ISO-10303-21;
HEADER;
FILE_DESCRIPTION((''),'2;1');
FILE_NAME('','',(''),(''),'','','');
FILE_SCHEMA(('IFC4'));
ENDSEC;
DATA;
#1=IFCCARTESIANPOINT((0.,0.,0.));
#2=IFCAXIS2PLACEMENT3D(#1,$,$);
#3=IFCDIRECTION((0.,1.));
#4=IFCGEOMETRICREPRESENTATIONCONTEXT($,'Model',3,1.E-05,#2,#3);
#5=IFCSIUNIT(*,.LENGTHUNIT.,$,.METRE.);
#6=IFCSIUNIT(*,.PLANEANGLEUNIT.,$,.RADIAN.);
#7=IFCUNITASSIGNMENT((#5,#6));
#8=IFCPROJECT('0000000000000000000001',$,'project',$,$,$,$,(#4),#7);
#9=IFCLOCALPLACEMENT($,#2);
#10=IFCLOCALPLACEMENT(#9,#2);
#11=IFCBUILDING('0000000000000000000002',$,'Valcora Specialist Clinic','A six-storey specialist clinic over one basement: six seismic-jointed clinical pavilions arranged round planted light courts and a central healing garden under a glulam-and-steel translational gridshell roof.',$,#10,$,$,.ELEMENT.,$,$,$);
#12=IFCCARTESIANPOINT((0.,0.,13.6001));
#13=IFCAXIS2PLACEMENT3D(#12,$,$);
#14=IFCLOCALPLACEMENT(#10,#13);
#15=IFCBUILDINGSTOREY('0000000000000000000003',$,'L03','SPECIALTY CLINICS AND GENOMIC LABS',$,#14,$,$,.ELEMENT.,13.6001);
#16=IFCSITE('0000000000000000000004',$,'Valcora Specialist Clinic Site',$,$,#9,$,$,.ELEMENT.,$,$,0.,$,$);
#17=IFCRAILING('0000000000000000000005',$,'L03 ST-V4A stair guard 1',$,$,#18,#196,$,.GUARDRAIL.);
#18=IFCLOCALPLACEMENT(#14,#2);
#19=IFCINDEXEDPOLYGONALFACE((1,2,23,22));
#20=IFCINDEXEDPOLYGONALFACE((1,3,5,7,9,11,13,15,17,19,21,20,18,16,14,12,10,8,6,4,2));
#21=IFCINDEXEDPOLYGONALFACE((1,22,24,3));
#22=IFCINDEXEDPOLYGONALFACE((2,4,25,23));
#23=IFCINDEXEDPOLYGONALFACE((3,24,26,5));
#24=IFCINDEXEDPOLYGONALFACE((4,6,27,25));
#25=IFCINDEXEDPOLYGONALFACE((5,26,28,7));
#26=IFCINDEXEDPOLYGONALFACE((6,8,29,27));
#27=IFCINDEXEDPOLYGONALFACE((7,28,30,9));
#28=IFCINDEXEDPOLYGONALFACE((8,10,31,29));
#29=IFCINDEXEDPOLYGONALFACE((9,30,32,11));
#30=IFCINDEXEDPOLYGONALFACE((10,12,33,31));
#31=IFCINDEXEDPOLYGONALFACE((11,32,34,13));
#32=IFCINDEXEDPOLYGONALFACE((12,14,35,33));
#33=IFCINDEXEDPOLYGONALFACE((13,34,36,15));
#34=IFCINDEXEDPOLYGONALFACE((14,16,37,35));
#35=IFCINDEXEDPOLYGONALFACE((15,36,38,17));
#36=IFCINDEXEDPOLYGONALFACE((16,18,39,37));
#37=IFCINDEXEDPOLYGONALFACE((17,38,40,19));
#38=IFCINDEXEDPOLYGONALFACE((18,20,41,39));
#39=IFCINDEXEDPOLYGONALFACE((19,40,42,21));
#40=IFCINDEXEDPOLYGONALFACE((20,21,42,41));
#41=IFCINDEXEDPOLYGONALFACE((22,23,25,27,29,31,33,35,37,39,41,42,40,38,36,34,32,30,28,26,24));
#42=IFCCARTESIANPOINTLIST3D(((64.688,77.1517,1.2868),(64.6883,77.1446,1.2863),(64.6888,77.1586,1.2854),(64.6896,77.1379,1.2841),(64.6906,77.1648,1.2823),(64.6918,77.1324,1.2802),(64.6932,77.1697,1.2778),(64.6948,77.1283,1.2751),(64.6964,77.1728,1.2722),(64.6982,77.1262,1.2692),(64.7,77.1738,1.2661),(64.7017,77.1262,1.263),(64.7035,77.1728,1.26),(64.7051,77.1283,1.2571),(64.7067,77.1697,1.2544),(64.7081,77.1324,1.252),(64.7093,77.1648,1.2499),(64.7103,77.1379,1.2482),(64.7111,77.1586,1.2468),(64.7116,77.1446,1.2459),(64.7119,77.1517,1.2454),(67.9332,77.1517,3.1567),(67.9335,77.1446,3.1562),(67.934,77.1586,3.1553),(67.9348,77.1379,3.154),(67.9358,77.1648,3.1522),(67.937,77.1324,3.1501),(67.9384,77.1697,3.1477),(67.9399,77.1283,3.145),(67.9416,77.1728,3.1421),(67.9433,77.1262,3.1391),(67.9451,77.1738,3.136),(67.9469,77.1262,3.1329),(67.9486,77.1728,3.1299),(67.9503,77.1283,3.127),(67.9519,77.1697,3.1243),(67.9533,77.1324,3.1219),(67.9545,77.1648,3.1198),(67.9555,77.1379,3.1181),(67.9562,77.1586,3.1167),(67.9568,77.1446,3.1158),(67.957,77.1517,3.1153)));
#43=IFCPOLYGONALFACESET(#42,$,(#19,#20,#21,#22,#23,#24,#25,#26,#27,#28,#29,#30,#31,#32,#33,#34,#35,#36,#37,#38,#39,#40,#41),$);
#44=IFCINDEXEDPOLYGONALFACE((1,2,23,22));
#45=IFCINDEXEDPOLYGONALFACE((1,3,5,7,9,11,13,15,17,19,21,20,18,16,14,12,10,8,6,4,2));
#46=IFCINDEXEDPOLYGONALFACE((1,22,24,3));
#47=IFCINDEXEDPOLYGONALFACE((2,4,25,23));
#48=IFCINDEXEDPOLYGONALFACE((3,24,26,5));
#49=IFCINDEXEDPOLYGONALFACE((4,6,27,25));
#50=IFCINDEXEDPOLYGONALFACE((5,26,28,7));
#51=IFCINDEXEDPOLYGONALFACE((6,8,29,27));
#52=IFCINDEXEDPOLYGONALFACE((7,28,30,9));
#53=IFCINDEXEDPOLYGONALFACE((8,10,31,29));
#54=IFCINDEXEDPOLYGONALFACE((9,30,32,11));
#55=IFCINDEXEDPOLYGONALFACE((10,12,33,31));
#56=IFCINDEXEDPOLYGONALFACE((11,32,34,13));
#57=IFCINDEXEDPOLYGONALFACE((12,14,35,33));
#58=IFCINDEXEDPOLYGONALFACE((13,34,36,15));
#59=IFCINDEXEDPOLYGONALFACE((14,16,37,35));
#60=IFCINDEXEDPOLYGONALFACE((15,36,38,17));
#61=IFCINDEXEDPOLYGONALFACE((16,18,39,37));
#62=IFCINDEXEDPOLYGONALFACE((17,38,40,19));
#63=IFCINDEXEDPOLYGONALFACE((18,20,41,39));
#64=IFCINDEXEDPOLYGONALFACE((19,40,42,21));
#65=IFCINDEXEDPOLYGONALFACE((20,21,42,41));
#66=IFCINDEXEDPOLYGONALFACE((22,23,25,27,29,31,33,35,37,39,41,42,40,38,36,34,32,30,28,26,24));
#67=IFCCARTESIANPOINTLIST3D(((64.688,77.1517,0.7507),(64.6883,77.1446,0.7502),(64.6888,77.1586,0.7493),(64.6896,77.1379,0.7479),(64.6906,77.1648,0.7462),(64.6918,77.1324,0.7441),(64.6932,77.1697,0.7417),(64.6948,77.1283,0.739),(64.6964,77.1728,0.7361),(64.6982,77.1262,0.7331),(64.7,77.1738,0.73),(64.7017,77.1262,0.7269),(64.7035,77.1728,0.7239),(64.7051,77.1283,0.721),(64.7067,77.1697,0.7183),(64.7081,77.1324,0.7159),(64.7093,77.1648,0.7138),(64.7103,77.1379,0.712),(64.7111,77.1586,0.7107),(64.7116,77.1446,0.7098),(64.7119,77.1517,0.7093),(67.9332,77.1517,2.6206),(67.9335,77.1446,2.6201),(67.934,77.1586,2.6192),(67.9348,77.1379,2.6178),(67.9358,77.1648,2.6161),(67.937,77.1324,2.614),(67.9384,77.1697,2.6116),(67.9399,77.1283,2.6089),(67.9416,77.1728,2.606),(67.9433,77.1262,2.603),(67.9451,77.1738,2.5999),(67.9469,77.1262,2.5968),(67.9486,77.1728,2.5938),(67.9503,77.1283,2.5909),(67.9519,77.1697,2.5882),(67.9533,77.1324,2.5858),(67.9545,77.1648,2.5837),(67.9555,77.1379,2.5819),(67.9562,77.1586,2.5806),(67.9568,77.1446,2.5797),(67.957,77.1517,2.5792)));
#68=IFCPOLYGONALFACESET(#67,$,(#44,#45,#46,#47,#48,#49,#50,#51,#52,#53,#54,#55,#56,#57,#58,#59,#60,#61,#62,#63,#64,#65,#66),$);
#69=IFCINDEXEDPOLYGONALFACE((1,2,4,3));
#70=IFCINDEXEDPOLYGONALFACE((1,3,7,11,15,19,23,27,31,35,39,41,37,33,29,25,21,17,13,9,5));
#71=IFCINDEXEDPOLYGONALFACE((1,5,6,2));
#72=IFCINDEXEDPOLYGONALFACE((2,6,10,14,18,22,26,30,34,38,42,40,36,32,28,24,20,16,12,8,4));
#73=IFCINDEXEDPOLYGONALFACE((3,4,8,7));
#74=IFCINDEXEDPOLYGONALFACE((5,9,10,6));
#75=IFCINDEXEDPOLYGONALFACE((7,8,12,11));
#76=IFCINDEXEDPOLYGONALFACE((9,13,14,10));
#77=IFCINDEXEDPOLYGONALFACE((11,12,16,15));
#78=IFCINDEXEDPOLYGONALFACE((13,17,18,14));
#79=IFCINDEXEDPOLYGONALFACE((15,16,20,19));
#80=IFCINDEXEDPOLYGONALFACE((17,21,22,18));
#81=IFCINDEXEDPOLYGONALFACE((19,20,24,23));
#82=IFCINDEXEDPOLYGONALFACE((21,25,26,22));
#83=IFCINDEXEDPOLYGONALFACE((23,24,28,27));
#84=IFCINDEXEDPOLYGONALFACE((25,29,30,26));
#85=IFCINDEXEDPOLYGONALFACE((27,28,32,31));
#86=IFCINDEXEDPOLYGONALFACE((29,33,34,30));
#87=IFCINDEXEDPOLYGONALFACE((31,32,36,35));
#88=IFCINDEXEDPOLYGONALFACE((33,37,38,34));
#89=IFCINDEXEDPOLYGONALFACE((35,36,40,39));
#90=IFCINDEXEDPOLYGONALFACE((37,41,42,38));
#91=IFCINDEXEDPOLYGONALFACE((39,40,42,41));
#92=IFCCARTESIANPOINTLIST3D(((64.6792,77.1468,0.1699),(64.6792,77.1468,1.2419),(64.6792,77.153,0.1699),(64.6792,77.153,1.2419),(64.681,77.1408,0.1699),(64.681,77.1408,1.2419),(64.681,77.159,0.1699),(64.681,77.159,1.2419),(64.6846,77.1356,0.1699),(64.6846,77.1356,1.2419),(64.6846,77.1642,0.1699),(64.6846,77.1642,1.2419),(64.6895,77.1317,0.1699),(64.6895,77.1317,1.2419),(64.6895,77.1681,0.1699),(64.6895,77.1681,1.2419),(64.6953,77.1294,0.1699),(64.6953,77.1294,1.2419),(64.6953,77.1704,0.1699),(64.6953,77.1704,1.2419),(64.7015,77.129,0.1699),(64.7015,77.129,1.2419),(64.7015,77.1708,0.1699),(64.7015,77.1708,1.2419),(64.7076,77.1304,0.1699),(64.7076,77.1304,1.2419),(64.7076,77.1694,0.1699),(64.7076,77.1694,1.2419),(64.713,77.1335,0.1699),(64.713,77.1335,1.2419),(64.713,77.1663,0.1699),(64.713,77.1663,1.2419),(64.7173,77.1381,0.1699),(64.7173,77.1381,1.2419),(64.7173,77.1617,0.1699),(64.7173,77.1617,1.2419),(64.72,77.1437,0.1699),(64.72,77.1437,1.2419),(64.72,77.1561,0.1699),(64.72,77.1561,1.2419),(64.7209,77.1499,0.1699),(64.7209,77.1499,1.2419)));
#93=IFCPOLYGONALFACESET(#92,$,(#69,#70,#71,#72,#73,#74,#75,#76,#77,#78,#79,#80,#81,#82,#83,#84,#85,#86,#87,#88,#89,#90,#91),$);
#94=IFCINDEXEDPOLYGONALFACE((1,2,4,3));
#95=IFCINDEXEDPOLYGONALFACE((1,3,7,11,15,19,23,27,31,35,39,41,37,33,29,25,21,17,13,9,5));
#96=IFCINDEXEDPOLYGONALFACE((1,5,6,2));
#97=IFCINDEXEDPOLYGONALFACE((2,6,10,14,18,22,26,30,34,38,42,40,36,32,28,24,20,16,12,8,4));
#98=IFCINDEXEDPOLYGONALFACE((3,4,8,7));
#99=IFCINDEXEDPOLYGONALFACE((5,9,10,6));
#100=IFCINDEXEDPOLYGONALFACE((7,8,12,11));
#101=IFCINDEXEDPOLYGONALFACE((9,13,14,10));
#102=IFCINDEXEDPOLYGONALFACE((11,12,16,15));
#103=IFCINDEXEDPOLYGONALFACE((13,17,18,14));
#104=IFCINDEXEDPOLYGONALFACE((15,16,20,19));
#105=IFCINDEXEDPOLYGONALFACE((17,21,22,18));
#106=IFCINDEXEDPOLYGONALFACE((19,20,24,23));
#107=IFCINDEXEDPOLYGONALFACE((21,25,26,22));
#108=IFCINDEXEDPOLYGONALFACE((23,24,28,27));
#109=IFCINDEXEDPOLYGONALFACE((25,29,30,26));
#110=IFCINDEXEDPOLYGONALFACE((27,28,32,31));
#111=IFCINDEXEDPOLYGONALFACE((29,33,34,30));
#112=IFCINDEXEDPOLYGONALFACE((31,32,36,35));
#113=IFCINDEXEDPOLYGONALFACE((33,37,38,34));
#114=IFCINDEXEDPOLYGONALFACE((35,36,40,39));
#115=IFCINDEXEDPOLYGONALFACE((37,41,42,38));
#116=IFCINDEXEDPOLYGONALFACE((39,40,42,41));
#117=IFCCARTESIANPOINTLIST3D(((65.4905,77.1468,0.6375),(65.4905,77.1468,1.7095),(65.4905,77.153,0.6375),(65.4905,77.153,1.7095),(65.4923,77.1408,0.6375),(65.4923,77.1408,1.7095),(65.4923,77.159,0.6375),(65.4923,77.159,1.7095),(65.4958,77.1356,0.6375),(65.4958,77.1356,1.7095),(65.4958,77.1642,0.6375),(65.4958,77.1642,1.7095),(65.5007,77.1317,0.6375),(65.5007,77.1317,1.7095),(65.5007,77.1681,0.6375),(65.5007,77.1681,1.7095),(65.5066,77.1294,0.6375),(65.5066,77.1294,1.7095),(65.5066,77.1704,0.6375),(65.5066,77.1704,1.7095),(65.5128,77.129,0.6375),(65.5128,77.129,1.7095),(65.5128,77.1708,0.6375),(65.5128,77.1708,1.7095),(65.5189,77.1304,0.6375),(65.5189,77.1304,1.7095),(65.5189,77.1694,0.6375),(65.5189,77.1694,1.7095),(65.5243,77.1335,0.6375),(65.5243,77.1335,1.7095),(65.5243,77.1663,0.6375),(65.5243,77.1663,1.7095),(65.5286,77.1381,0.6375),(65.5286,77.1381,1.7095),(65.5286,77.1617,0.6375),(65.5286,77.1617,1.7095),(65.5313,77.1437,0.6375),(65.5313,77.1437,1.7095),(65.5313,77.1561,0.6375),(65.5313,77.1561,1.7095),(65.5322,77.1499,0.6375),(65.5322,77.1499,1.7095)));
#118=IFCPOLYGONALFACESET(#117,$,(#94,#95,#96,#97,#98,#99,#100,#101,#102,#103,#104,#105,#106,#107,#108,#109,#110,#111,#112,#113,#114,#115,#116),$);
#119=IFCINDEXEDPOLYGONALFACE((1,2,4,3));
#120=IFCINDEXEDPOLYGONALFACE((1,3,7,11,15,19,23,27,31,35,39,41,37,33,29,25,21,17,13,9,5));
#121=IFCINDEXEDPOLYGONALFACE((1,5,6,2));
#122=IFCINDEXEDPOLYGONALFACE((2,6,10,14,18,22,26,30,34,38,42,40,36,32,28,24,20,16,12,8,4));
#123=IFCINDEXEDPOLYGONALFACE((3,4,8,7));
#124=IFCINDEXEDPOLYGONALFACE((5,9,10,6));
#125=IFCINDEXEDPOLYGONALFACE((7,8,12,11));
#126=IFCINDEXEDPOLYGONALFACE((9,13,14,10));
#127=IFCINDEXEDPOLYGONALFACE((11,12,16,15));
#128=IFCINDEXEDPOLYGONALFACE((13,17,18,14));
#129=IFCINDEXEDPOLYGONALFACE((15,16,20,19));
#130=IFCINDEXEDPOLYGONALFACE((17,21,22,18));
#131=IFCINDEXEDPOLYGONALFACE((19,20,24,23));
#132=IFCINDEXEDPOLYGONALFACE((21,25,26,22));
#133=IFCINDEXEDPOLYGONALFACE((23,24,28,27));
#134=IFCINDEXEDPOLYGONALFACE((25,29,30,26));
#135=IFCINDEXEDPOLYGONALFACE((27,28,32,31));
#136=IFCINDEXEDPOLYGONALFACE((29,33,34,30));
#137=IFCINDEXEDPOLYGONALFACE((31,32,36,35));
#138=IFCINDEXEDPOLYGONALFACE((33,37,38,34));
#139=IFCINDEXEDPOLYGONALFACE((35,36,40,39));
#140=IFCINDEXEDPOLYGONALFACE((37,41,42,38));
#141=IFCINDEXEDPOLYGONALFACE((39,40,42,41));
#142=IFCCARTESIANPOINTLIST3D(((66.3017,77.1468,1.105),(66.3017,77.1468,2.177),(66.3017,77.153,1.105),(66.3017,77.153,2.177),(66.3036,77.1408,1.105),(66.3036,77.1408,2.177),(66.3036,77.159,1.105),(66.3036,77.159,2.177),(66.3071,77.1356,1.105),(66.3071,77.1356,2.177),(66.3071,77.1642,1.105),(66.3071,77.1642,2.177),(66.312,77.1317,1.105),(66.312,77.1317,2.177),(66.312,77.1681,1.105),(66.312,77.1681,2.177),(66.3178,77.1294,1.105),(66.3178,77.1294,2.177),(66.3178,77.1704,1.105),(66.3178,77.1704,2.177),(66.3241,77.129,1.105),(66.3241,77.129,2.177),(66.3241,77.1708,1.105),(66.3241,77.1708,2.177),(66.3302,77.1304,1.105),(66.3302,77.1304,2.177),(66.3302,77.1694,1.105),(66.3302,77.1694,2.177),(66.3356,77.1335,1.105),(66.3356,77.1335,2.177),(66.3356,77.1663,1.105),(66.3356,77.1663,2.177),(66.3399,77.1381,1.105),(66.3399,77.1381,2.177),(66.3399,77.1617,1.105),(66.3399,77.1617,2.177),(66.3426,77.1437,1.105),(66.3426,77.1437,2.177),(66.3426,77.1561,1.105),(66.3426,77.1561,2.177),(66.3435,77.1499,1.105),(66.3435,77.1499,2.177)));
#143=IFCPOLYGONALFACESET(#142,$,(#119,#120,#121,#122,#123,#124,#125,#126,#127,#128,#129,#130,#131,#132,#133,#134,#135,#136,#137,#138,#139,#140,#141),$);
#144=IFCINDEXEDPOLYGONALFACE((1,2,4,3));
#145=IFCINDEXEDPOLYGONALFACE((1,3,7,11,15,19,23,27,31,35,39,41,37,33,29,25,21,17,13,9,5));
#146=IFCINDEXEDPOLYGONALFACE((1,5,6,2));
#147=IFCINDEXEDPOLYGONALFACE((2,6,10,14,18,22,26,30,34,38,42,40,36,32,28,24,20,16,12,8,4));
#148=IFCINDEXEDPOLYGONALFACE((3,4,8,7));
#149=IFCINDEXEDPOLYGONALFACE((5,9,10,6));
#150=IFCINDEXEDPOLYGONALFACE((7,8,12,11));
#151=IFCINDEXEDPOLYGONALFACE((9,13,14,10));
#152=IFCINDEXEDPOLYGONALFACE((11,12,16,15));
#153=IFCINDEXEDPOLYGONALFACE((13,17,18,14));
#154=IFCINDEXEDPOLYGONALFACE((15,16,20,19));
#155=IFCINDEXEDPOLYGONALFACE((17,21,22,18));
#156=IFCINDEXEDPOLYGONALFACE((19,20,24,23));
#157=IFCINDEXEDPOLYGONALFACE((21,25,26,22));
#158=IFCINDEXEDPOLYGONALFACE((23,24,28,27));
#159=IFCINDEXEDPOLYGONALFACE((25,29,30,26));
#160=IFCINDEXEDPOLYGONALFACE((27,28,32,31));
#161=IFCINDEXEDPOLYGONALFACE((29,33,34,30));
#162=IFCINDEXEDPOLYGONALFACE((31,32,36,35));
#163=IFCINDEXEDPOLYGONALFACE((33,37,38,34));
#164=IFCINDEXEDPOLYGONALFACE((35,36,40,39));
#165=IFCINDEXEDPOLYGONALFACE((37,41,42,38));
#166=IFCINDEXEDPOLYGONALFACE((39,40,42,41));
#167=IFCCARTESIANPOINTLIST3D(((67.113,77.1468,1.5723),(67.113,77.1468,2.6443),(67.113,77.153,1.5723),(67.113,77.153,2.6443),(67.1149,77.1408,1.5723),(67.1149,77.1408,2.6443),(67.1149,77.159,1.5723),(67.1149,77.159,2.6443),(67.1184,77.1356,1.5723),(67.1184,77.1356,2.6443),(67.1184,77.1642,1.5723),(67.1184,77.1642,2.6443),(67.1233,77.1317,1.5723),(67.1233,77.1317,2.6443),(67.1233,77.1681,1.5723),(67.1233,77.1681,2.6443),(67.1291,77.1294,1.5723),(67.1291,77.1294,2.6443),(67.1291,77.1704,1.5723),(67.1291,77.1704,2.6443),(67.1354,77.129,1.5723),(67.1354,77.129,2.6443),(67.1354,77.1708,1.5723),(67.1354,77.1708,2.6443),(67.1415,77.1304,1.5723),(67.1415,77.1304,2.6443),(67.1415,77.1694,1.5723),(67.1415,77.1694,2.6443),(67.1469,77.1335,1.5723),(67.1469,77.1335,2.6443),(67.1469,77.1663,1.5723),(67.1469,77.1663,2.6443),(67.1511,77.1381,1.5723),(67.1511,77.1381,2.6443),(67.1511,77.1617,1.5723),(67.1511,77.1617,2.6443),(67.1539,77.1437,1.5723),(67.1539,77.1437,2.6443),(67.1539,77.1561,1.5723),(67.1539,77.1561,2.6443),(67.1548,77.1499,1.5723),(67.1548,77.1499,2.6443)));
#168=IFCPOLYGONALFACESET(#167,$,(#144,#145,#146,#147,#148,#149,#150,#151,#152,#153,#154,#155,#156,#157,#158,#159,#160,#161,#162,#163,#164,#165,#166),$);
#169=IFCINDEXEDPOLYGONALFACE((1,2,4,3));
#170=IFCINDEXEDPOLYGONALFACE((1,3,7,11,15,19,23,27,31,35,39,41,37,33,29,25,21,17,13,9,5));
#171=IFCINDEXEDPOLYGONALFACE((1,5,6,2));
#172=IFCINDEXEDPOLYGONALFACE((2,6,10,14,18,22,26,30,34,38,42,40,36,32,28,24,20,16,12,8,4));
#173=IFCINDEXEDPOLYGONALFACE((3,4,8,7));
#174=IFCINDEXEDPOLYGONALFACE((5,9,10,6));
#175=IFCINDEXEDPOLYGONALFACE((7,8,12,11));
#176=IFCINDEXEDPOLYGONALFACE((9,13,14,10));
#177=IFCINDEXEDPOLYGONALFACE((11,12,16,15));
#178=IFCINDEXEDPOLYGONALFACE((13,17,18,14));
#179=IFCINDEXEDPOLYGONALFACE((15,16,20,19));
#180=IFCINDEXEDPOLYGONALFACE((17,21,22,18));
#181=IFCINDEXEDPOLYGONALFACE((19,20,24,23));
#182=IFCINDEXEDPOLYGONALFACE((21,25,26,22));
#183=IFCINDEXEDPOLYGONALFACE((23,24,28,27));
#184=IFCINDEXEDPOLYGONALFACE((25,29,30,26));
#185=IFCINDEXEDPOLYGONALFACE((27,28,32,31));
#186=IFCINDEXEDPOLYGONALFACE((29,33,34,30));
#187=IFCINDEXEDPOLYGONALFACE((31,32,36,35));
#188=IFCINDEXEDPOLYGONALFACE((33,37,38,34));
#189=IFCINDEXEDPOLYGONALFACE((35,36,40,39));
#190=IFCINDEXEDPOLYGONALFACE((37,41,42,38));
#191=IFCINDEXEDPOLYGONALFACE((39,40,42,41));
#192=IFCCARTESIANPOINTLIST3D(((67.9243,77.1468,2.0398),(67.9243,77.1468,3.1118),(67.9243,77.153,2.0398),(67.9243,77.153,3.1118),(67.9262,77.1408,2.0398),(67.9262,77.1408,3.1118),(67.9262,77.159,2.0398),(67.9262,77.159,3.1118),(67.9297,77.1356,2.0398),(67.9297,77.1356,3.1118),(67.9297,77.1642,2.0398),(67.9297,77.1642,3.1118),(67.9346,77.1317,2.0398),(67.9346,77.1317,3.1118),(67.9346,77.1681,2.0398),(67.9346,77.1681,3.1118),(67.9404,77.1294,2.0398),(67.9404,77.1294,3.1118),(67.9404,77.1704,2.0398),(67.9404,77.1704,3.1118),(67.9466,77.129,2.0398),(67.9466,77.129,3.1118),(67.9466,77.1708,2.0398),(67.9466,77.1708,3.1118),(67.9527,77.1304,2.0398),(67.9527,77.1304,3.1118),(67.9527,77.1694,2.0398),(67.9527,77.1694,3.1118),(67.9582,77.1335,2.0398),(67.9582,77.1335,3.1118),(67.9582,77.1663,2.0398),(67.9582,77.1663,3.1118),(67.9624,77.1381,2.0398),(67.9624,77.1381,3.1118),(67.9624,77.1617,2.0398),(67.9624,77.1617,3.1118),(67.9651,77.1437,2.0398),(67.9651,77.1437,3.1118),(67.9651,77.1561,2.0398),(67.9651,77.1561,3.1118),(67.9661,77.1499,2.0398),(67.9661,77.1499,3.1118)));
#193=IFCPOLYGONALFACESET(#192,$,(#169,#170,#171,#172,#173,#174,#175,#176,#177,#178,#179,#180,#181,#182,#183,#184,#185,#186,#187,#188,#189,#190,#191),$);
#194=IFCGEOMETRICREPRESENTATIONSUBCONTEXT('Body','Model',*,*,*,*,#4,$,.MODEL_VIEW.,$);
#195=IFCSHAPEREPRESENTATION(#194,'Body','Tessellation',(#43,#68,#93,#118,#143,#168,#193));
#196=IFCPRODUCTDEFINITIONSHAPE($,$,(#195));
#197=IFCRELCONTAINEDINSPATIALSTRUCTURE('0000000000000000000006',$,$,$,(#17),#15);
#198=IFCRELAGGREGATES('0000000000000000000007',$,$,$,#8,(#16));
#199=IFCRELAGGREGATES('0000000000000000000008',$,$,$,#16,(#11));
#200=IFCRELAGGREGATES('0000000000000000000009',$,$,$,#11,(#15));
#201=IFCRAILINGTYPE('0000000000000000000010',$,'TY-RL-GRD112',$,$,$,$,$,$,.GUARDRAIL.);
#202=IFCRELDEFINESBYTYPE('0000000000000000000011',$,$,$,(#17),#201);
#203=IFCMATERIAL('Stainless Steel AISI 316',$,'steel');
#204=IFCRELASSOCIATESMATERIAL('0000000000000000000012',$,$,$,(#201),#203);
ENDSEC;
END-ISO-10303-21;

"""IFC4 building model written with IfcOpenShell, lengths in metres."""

from ifc_helpers import new_model, si_unit, direction, frame, origin, origin_2d, place, context, subcontext, project, spatial, circle, extrude, material, type_object, element, save


model = new_model("IFC4")

# Units and contexts
model_context = context("Model", 3, precision=1e-05, world=origin(), true_north=direction((0.0, 1.0)))
body_context = subcontext(model_context, "Body", "Model", "MODEL_VIEW")
ifc_project = project(units=[si_unit("LENGTHUNIT", "METRE"), si_unit("PLANEANGLEUNIT", "RADIAN")], contexts=[model_context])

# Site, building, storey
site_placement = place(None, origin())
site = spatial("IfcSite", under=ifc_project, at=site_placement, Name="Valcora Specialist Clinic Site", CompositionType="ELEMENT", RefElevation=0.0)
building_placement = place(site_placement, origin())
building = spatial("IfcBuilding", under=site, at=building_placement, Name="Valcora Specialist Clinic", Description="A six-storey specialist clinic over one basement: six seismic-jointed clinical pavilions arranged round planted light courts and a central healing garden under a glulam-and-steel translational gridshell roof.", CompositionType="ELEMENT")
storey_placement = place(building_placement, frame((0.0, 0.0, 13.6001)))
storey = spatial("IfcBuildingStorey", under=building, at=storey_placement, Name="L03", Description="SPECIALTY CLINICS AND GENOMIC LABS", CompositionType="ELEMENT", Elevation=13.6001)

# Shared definitions
ifc_material_1 = material(Name="Stainless Steel AISI 316", Category="steel")

# Railing
railing_type_1 = type_object("IfcRailingType", Name="TY-RL-GRD112", PredefinedType="GUARDRAIL", material=ifc_material_1)
railing_1_placement = place(storey_placement, frame((64.7, 77.1499, 0.1699)))
element("IfcRailing", 1, at=railing_1_placement, inside=storey, type_object=railing_type_1, Name="L03 ST-V4A stair guard 1", PredefinedType="GUARDRAIL", context=body_context, shape_type="SweptSolid", body=[
    extrude(circle(Radius=0.0239, at=origin_2d()), frame((0.0, 0.0, 1.0962), z_axis=(0.866452, 0.0, 0.49926), x_axis=(0.0, 1.0, 0.0)), (0.0, 0.0, 1.0), 3.7454),
    extrude(circle(Radius=0.0239, at=origin_2d()), frame((0.0, 0.0, 0.5601), z_axis=(0.866452, 0.0, 0.49926), x_axis=(0.0, 1.0, 0.0)), (0.0, 0.0, 1.0), 3.7454),
    extrude(circle(Radius=0.021, at=origin_2d()), origin(), (0.0, 0.0, 1.0), 1.072),
    extrude(circle(Radius=0.021, at=origin_2d()), frame((0.8113, 0.0, 0.4675)), (0.0, 0.0, 1.0), 1.072),
    extrude(circle(Radius=0.021, at=origin_2d()), frame((1.6226, 0.0, 0.9351)), (0.0, 0.0, 1.0), 1.072),
    extrude(circle(Radius=0.021, at=origin_2d()), frame((2.4338, 0.0, 1.4023)), (0.0, 0.0, 1.0), 1.072),
    extrude(circle(Radius=0.021, at=origin_2d()), frame((3.2451, 0.0, 1.8699)), (0.0, 0.0, 1.0), 1.072),
])

save(model, "model.ifc")
